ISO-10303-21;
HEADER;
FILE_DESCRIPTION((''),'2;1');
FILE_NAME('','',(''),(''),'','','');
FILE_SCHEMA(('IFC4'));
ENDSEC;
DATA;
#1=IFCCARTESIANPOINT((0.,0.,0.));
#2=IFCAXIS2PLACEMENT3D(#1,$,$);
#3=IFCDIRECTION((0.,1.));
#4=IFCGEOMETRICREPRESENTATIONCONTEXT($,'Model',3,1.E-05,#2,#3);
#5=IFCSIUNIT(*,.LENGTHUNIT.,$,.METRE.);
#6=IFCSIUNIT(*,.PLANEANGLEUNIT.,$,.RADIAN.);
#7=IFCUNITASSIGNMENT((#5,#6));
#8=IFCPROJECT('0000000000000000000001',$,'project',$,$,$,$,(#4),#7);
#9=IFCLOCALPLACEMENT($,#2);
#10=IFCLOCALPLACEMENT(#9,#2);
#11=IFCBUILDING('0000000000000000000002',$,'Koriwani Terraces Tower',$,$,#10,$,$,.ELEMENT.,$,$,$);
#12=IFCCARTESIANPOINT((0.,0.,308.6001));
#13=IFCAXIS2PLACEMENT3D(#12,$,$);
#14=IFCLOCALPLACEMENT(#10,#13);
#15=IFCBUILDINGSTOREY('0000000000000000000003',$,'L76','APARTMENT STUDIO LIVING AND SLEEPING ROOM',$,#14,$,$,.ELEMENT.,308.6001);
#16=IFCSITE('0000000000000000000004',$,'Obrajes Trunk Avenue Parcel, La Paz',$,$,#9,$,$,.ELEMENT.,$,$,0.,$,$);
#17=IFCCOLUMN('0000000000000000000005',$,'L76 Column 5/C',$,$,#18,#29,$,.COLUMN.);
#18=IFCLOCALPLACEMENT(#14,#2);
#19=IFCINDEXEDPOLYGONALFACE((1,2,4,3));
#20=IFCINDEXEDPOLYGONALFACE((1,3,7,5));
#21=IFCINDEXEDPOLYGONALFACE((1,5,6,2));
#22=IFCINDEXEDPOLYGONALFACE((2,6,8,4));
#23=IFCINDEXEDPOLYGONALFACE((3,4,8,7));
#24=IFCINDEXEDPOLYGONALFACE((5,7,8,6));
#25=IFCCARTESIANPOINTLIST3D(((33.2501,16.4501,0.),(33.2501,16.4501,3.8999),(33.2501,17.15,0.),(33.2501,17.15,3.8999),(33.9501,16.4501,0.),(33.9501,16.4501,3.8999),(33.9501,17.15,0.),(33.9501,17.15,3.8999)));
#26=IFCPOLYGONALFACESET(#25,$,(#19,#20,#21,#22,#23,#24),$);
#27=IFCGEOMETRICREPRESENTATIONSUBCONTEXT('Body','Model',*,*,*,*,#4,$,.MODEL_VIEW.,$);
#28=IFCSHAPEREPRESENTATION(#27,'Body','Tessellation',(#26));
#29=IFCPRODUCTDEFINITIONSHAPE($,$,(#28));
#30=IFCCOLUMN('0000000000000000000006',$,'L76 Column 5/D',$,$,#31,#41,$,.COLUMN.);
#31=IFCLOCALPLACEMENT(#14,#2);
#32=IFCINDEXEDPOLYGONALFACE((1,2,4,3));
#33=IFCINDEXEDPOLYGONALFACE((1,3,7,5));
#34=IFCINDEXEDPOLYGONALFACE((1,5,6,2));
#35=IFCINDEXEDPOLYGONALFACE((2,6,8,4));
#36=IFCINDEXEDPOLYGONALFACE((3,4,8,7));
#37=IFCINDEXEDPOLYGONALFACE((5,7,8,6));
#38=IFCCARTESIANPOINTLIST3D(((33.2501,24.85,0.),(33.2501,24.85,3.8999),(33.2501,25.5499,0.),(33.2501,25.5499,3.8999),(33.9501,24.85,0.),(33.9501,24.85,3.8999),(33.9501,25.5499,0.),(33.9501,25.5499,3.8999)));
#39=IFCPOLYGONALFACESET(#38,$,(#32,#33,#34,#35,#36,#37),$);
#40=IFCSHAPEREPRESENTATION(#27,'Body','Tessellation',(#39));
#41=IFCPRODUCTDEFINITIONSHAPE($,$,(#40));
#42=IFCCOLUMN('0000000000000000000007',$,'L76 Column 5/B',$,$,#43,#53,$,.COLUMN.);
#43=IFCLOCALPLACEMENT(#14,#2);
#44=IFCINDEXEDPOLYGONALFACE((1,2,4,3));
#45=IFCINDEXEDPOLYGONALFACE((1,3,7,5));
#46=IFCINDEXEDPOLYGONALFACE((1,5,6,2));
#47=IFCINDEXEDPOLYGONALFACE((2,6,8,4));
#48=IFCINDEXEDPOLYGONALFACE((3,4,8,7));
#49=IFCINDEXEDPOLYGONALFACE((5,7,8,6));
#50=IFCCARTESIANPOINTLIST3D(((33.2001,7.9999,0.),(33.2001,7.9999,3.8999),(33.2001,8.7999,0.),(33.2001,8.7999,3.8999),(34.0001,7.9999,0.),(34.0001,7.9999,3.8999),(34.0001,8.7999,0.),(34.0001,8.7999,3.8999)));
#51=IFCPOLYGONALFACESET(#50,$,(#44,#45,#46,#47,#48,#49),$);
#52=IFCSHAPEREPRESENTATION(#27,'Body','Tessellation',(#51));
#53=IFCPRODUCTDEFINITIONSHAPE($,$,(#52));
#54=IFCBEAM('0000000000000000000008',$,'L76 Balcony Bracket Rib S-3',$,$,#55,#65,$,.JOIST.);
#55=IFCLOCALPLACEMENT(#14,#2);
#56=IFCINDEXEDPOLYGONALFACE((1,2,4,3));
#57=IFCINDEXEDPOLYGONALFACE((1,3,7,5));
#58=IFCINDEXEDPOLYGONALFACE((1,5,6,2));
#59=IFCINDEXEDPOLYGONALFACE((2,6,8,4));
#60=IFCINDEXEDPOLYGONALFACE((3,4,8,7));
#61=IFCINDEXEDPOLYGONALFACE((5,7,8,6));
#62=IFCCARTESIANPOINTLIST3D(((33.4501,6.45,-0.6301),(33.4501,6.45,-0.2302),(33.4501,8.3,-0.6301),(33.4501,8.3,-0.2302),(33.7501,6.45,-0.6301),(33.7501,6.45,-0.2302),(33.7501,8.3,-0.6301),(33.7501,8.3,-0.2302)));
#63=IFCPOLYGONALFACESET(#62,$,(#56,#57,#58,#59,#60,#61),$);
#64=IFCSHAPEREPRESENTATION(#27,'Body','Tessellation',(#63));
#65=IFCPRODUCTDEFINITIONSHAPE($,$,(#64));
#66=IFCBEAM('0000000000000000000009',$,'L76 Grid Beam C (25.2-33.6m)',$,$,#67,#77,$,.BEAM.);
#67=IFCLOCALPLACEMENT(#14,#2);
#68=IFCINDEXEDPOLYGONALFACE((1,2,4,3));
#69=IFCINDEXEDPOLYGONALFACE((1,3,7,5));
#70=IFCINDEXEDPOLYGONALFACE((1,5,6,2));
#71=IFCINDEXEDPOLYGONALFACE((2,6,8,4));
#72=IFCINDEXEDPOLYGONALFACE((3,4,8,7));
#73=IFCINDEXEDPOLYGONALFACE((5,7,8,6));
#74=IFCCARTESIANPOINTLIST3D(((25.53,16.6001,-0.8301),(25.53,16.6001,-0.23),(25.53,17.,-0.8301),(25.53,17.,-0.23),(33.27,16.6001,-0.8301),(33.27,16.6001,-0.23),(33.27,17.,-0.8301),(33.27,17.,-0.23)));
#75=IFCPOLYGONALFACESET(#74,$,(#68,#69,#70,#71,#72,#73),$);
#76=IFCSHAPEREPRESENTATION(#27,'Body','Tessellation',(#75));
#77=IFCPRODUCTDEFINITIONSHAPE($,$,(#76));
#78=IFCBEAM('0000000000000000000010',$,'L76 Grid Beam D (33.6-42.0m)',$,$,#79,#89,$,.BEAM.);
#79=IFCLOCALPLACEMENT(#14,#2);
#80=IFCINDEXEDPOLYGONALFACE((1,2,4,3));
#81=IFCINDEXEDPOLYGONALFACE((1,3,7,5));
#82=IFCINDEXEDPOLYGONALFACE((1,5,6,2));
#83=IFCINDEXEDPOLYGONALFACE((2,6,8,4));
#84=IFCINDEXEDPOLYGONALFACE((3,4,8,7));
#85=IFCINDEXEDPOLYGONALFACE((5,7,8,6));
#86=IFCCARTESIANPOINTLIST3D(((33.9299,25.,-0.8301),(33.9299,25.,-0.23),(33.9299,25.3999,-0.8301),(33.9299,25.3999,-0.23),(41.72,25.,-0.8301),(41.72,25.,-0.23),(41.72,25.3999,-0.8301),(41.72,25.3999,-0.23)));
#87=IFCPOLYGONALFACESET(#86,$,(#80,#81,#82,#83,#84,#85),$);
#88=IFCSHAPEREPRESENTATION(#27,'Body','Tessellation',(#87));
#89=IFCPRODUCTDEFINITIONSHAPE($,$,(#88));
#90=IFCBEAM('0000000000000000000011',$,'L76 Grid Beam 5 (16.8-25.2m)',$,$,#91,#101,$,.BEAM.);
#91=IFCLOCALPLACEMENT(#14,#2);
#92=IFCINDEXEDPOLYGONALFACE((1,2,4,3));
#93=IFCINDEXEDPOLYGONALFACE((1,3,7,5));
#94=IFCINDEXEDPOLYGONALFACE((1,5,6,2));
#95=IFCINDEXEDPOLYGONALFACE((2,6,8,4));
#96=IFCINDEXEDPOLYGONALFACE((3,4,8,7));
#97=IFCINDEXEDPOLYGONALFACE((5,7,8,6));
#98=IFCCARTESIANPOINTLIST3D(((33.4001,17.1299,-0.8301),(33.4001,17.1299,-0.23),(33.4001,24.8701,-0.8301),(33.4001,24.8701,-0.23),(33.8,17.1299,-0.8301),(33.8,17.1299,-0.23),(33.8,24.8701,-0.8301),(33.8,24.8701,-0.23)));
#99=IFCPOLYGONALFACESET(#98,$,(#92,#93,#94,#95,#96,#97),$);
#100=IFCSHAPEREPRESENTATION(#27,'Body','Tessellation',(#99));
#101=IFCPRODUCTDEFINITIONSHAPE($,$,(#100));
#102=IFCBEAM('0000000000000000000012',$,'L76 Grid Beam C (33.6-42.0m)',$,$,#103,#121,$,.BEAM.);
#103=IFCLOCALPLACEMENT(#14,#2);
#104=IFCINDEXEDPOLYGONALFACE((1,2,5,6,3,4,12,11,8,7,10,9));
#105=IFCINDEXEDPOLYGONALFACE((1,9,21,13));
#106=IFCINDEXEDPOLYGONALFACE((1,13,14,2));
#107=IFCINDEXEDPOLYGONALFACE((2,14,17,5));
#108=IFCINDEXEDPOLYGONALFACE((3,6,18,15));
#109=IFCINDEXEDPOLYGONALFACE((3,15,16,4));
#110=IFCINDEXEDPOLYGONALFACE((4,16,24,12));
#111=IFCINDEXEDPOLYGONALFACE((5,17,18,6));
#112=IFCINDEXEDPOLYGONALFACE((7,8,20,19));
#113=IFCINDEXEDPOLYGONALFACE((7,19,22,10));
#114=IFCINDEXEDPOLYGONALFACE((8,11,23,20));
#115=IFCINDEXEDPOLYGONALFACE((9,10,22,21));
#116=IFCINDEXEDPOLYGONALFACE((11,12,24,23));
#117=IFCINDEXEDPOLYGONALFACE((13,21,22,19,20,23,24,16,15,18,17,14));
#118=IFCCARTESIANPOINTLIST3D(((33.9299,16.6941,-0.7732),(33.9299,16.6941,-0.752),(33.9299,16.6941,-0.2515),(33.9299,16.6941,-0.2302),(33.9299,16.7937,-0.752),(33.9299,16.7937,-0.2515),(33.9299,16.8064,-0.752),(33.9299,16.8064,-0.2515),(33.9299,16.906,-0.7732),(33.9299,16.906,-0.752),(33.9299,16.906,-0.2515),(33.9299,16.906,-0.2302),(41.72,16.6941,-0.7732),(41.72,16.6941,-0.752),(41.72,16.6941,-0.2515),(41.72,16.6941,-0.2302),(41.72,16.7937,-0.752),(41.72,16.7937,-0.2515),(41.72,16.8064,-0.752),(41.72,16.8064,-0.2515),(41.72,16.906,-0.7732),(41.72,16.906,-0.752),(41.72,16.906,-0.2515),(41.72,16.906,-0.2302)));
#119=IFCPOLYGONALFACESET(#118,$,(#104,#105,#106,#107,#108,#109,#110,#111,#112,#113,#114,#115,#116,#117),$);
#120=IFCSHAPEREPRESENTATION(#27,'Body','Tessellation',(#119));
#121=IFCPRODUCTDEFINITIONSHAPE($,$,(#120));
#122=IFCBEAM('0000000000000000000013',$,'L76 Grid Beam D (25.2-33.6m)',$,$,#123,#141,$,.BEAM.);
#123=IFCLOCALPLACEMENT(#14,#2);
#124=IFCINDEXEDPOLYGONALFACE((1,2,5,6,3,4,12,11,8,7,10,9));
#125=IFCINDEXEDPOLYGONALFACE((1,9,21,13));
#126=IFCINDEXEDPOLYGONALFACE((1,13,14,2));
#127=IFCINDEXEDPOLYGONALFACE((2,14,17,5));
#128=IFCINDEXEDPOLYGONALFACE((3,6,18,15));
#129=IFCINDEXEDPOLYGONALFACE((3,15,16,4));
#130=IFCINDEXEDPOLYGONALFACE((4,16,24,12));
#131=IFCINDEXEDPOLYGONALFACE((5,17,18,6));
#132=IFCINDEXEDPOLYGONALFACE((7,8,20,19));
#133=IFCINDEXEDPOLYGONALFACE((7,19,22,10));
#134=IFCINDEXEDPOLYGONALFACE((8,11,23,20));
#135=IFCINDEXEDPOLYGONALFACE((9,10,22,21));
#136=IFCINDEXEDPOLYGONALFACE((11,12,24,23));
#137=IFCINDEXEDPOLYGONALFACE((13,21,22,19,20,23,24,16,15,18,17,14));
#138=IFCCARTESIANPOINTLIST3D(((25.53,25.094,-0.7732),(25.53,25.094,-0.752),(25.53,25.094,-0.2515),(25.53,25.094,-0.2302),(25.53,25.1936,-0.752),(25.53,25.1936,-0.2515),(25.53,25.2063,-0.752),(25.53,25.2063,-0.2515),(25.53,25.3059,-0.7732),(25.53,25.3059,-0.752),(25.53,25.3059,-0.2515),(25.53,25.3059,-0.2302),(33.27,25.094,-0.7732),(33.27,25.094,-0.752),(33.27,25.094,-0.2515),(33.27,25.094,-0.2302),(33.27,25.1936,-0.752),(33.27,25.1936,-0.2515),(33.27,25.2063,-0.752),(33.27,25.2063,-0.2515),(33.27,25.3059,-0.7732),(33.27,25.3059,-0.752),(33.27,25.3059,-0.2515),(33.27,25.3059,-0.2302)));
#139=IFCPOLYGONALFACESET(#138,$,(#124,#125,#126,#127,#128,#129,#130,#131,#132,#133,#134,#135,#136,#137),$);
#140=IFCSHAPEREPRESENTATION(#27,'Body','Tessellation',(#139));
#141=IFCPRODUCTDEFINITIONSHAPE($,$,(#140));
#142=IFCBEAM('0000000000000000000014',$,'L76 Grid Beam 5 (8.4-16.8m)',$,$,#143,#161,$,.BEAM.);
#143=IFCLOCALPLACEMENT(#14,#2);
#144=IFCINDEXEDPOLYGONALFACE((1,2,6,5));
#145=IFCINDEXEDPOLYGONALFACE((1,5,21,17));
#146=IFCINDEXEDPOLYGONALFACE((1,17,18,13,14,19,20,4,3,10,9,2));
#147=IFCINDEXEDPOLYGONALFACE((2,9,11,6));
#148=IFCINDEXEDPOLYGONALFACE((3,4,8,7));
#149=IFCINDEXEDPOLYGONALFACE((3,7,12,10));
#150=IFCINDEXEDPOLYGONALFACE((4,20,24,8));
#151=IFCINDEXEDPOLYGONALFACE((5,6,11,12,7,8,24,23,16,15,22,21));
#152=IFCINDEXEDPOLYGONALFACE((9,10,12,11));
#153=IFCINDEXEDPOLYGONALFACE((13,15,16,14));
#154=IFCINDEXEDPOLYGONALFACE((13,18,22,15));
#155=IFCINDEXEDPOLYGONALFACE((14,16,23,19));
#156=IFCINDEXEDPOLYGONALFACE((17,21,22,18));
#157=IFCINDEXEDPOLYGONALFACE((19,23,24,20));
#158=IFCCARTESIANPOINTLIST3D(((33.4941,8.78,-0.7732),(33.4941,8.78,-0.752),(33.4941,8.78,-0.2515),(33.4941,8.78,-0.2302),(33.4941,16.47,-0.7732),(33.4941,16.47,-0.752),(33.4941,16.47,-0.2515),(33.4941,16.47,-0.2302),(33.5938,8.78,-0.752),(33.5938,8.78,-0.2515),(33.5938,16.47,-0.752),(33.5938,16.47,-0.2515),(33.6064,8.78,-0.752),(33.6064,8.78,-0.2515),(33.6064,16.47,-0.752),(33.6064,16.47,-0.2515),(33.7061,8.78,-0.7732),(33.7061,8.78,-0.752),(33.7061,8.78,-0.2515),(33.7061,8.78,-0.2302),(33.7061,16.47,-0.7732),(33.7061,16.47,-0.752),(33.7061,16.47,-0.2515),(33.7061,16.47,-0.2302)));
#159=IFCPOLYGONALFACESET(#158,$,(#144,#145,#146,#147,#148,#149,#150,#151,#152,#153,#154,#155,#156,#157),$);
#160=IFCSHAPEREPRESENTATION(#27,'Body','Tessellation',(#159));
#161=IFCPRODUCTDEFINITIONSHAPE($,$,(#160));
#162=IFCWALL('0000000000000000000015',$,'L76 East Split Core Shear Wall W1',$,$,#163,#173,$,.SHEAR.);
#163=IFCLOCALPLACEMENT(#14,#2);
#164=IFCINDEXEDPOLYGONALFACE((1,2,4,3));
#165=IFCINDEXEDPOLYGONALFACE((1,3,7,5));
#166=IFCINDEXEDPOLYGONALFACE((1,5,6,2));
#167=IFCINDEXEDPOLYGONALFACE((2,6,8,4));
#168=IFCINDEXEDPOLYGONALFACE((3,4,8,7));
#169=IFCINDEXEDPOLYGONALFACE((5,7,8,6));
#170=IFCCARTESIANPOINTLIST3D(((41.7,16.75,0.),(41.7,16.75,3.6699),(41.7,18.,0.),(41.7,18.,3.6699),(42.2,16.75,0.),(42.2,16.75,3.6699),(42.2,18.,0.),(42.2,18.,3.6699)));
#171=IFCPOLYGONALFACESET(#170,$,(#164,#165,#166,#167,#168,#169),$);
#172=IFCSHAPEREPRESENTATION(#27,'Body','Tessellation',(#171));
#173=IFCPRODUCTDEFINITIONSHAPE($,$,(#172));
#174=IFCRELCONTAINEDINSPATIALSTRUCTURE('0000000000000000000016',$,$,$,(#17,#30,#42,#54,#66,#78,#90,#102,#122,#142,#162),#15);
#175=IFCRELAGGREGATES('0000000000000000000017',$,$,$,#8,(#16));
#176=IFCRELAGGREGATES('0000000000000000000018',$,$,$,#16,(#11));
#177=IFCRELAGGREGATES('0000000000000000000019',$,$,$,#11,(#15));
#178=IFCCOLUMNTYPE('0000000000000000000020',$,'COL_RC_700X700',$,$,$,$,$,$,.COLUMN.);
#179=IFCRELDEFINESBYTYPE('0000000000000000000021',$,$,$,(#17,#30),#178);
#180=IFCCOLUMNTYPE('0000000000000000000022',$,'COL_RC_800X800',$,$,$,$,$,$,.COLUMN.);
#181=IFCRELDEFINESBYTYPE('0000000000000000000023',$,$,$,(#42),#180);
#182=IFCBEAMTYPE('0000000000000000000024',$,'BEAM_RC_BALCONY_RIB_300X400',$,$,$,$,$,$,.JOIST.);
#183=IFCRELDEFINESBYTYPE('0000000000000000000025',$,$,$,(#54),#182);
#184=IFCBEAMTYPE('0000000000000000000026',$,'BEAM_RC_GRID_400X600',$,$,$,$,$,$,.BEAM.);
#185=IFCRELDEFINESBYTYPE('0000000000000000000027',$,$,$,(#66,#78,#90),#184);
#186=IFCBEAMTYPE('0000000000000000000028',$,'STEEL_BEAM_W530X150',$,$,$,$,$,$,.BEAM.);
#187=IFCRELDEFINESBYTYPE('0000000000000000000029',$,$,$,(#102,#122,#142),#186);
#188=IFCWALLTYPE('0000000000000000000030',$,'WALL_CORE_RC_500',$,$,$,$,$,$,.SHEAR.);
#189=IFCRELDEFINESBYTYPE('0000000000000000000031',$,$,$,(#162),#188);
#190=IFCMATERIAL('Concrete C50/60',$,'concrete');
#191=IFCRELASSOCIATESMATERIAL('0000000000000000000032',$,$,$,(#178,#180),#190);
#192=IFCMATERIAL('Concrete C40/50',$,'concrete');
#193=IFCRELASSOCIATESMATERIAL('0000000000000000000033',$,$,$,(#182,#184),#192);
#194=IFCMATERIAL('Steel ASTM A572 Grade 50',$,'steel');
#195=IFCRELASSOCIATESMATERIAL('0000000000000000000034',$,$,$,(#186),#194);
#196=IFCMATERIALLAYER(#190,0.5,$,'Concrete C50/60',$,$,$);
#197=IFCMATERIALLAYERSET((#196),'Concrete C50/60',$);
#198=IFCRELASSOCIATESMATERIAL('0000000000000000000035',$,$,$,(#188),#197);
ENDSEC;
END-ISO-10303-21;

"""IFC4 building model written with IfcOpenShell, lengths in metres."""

from ifc_helpers import new_model, si_unit, direction, frame, frame_2d, origin, origin_2d, place, context, subcontext, project, spatial, rectangle, i_section, extrude, material, layer, layer_set, material_profile, profile_set, type_object, element, save


model = new_model("IFC4")

# Units and contexts
model_context = context("Model", 3, precision=1e-05, world=origin(), true_north=direction((0.0, 1.0)))
body_context = subcontext(model_context, "Body", "Model", "MODEL_VIEW")
ifc_project = project(units=[si_unit("LENGTHUNIT", "METRE"), si_unit("PLANEANGLEUNIT", "RADIAN")], contexts=[model_context])

# Site, building, storey
site_placement = place(None, origin())
site = spatial("IfcSite", under=ifc_project, at=site_placement, Name="Obrajes Trunk Avenue Parcel, La Paz", CompositionType="ELEMENT", RefElevation=0.0)
building_placement = place(site_placement, origin())
building = spatial("IfcBuilding", under=site, at=building_placement, Name="Koriwani Terraces Tower", CompositionType="ELEMENT")
storey_placement = place(building_placement, frame((0.0, 0.0, 308.6001)))
storey = spatial("IfcBuildingStorey", under=building, at=storey_placement, Name="L76", Description="APARTMENT STUDIO LIVING AND SLEEPING ROOM", CompositionType="ELEMENT", Elevation=308.6001)

# Columns
ifc_material_1 = material(Name="Concrete C50/60", Category="concrete")
ifc_material_profile_1 = material_profile(ifc_material_1, rectangle(XDim=0.7, YDim=0.7, at=origin_2d()), Name="Concrete C50/60", Category="LoadBearing")
ifc_profile_set_1 = profile_set([ifc_material_profile_1], Name="Concrete C50/60")
column_type_1 = type_object("IfcColumnType", Name="COL_RC_700X700", PredefinedType="COLUMN", material=ifc_profile_set_1)
for number, where, z_axis, x_axis, name in (
    (1, (33.6001, 16.8, 0.0), (0.0, 0.0, 1.0), (1.0, 0.0, 0.0), "L76 Column 5/C"),
    (2, (33.6001, 25.2, 0.0), (0.0, 0.0, 1.0), (1.0, 0.0, 0.0), "L76 Column 5/D"),
):
    element("IfcColumn", number, at=place(storey_placement, frame(where, z_axis=z_axis, x_axis=x_axis)), inside=storey, type_object=column_type_1, Name=name, PredefinedType="COLUMN", context=body_context, shape_type="SweptSolid", body=[
        extrude(rectangle(XDim=0.7, YDim=0.7, at=origin_2d()), origin(), (0.0, 0.0, 1.0), 3.8999),
    ])
ifc_material_profile_2 = material_profile(ifc_material_1, rectangle(XDim=0.8, YDim=0.8, at=origin_2d()), Name="Concrete C50/60", Category="LoadBearing")
ifc_profile_set_2 = profile_set([ifc_material_profile_2], Name="Concrete C50/60")
column_type_2 = type_object("IfcColumnType", Name="COL_RC_800X800", PredefinedType="COLUMN", material=ifc_profile_set_2)
column_placement = place(storey_placement, frame((33.6001, 8.3999, 0.0), z_axis=(0.0, 0.0, 1.0), x_axis=(1.0, 0.0, 0.0)))
element("IfcColumn", 3, at=column_placement, inside=storey, type_object=column_type_2, Name="L76 Column 5/B", PredefinedType="COLUMN", context=body_context, shape_type="SweptSolid", body=[
    extrude(rectangle(XDim=0.8, YDim=0.8, at=origin_2d()), origin(), (0.0, 0.0, 1.0), 3.8999),
])

# Beams
ifc_material_2 = material(Name="Concrete C40/50", Category="concrete")
ifc_material_profile_3 = material_profile(ifc_material_2, rectangle(XDim=0.3, YDim=0.3999, at=origin_2d()), Name="Concrete C40/50", Category="LoadBearing")
ifc_profile_set_3 = profile_set([ifc_material_profile_3], Name="Concrete C40/50")
beam_type_1 = type_object("IfcBeamType", Name="BEAM_RC_BALCONY_RIB_300X400", PredefinedType="JOIST", material=ifc_profile_set_3)
beam_1_placement = place(storey_placement, frame((33.6001, 6.45, -0.4302), z_axis=(0.0, 1.0, 0.0), x_axis=(-1.0, 0.0, 0.0)))
element("IfcBeam", 4, at=beam_1_placement, inside=storey, type_object=beam_type_1, Name="L76 Balcony Bracket Rib S-3", PredefinedType="JOIST", context=body_context, shape_type="SweptSolid", body=[
    extrude(rectangle(XDim=0.3, YDim=0.3999, at=origin_2d()), origin(), (0.0, 0.0, 1.0), 1.8501),
])
ifc_material_profile_4 = material_profile(ifc_material_2, rectangle(XDim=0.3999, YDim=0.6001, at=origin_2d()), Name="Concrete C40/50", Category="LoadBearing")
ifc_profile_set_4 = profile_set([ifc_material_profile_4], Name="Concrete C40/50")
beam_type_2 = type_object("IfcBeamType", Name="BEAM_RC_GRID_400X600", PredefinedType="BEAM", material=ifc_profile_set_4)
beam_2_placement = place(storey_placement, frame((25.53, 16.8, -0.53), z_axis=(1.0, 0.0, 0.0), x_axis=(0.0, 1.0, 0.0)))
element("IfcBeam", 5, at=beam_2_placement, inside=storey, type_object=beam_type_2, Name="L76 Grid Beam C (25.2-33.6m)", PredefinedType="BEAM", context=body_context, shape_type="SweptSolid", body=[
    extrude(rectangle(XDim=0.3999, YDim=0.6001, at=origin_2d()), origin(), (0.0, 0.0, 1.0), 7.74),
])
beam_3_placement = place(storey_placement, frame((33.9299, 25.2, -0.53), z_axis=(1.0, 0.0, 0.0), x_axis=(0.0, 1.0, 0.0)))
element("IfcBeam", 6, at=beam_3_placement, inside=storey, type_object=beam_type_2, Name="L76 Grid Beam D (33.6-42.0m)", PredefinedType="BEAM", context=body_context, shape_type="SweptSolid", body=[
    extrude(rectangle(XDim=0.3999, YDim=0.6001, at=origin_2d()), origin(), (0.0, 0.0, 1.0), 7.79),
])
beam_4_placement = place(storey_placement, frame((33.6001, 17.1299, -0.53), z_axis=(0.0, 1.0, 0.0), x_axis=(-1.0, 0.0, 0.0)))
element("IfcBeam", 7, at=beam_4_placement, inside=storey, type_object=beam_type_2, Name="L76 Grid Beam 5 (16.8-25.2m)", PredefinedType="BEAM", context=body_context, shape_type="SweptSolid", body=[
    extrude(rectangle(XDim=0.3999, YDim=0.6001, at=origin_2d()), origin(), (0.0, 0.0, 1.0), 7.7402),
])
ifc_material_3 = material(Name="Steel ASTM A572 Grade 50", Category="steel")
ifc_material_profile_5 = material_profile(ifc_material_3, i_section(OverallWidth=0.2119, OverallDepth=0.543, WebThickness=0.0127, FlangeThickness=0.0212, at=origin_2d()), Name="Steel ASTM A572 Grade 50", Category="LoadBearing")
ifc_profile_set_5 = profile_set([ifc_material_profile_5], Name="Steel ASTM A572 Grade 50")
beam_type_3 = type_object("IfcBeamType", Name="STEEL_BEAM_W530X150", PredefinedType="BEAM", material=ifc_profile_set_5)
beam_5_placement = place(storey_placement, frame((33.9299, 16.8, -0.5017), z_axis=(1.0, 0.0, 0.0), x_axis=(0.0, 1.0, 0.0)))
element("IfcBeam", 8, at=beam_5_placement, inside=storey, type_object=beam_type_3, Name="L76 Grid Beam C (33.6-42.0m)", PredefinedType="BEAM", context=body_context, shape_type="SweptSolid", body=[
    extrude(i_section(OverallWidth=0.2119, OverallDepth=0.543, WebThickness=0.0127, FlangeThickness=0.0212, at=origin_2d()), origin(), (0.0, 0.0, 1.0), 7.79),
])
beam_6_placement = place(storey_placement, frame((25.53, 25.2, -0.5017), z_axis=(1.0, 0.0, 0.0), x_axis=(0.0, 1.0, 0.0)))
element("IfcBeam", 9, at=beam_6_placement, inside=storey, type_object=beam_type_3, Name="L76 Grid Beam D (25.2-33.6m)", PredefinedType="BEAM", context=body_context, shape_type="SweptSolid", body=[
    extrude(i_section(OverallWidth=0.2119, OverallDepth=0.543, WebThickness=0.0127, FlangeThickness=0.0212, at=origin_2d()), origin(), (0.0, 0.0, 1.0), 7.74),
])
beam_7_placement = place(storey_placement, frame((33.6001, 8.78, -0.5017), z_axis=(0.0, 1.0, 0.0), x_axis=(-1.0, 0.0, 0.0)))
element("IfcBeam", 10, at=beam_7_placement, inside=storey, type_object=beam_type_3, Name="L76 Grid Beam 5 (8.4-16.8m)", PredefinedType="BEAM", context=body_context, shape_type="SweptSolid", body=[
    extrude(i_section(OverallWidth=0.2119, OverallDepth=0.543, WebThickness=0.0127, FlangeThickness=0.0212, at=origin_2d()), origin(), (0.0, 0.0, 1.0), 7.6899),
])

# Wall
ifc_layer_1 = layer(ifc_material_1, 0.5, Name="Concrete C50/60")
ifc_layer_set_1 = layer_set([ifc_layer_1], Name="Concrete C50/60")
wall_type_1 = type_object("IfcWallType", Name="WALL_CORE_RC_500", PredefinedType="SHEAR", material=ifc_layer_set_1)
wall_1_placement = place(storey_placement, frame((41.95, 16.75, 0.0), z_axis=(0.0, 0.0, 1.0), x_axis=(0.0, 1.0, 0.0)))
element("IfcWall", 11, at=wall_1_placement, inside=storey, type_object=wall_type_1, Name="L76 East Split Core Shear Wall W1", PredefinedType="SHEAR", context=body_context, shape_type="SweptSolid", body=[
    extrude(rectangle(XDim=1.25, YDim=0.5, at=frame_2d((0.625, 0.0))), origin(), (0.0, 0.0, 1.0), 3.6699),
])

save(model, "model.ifc")
